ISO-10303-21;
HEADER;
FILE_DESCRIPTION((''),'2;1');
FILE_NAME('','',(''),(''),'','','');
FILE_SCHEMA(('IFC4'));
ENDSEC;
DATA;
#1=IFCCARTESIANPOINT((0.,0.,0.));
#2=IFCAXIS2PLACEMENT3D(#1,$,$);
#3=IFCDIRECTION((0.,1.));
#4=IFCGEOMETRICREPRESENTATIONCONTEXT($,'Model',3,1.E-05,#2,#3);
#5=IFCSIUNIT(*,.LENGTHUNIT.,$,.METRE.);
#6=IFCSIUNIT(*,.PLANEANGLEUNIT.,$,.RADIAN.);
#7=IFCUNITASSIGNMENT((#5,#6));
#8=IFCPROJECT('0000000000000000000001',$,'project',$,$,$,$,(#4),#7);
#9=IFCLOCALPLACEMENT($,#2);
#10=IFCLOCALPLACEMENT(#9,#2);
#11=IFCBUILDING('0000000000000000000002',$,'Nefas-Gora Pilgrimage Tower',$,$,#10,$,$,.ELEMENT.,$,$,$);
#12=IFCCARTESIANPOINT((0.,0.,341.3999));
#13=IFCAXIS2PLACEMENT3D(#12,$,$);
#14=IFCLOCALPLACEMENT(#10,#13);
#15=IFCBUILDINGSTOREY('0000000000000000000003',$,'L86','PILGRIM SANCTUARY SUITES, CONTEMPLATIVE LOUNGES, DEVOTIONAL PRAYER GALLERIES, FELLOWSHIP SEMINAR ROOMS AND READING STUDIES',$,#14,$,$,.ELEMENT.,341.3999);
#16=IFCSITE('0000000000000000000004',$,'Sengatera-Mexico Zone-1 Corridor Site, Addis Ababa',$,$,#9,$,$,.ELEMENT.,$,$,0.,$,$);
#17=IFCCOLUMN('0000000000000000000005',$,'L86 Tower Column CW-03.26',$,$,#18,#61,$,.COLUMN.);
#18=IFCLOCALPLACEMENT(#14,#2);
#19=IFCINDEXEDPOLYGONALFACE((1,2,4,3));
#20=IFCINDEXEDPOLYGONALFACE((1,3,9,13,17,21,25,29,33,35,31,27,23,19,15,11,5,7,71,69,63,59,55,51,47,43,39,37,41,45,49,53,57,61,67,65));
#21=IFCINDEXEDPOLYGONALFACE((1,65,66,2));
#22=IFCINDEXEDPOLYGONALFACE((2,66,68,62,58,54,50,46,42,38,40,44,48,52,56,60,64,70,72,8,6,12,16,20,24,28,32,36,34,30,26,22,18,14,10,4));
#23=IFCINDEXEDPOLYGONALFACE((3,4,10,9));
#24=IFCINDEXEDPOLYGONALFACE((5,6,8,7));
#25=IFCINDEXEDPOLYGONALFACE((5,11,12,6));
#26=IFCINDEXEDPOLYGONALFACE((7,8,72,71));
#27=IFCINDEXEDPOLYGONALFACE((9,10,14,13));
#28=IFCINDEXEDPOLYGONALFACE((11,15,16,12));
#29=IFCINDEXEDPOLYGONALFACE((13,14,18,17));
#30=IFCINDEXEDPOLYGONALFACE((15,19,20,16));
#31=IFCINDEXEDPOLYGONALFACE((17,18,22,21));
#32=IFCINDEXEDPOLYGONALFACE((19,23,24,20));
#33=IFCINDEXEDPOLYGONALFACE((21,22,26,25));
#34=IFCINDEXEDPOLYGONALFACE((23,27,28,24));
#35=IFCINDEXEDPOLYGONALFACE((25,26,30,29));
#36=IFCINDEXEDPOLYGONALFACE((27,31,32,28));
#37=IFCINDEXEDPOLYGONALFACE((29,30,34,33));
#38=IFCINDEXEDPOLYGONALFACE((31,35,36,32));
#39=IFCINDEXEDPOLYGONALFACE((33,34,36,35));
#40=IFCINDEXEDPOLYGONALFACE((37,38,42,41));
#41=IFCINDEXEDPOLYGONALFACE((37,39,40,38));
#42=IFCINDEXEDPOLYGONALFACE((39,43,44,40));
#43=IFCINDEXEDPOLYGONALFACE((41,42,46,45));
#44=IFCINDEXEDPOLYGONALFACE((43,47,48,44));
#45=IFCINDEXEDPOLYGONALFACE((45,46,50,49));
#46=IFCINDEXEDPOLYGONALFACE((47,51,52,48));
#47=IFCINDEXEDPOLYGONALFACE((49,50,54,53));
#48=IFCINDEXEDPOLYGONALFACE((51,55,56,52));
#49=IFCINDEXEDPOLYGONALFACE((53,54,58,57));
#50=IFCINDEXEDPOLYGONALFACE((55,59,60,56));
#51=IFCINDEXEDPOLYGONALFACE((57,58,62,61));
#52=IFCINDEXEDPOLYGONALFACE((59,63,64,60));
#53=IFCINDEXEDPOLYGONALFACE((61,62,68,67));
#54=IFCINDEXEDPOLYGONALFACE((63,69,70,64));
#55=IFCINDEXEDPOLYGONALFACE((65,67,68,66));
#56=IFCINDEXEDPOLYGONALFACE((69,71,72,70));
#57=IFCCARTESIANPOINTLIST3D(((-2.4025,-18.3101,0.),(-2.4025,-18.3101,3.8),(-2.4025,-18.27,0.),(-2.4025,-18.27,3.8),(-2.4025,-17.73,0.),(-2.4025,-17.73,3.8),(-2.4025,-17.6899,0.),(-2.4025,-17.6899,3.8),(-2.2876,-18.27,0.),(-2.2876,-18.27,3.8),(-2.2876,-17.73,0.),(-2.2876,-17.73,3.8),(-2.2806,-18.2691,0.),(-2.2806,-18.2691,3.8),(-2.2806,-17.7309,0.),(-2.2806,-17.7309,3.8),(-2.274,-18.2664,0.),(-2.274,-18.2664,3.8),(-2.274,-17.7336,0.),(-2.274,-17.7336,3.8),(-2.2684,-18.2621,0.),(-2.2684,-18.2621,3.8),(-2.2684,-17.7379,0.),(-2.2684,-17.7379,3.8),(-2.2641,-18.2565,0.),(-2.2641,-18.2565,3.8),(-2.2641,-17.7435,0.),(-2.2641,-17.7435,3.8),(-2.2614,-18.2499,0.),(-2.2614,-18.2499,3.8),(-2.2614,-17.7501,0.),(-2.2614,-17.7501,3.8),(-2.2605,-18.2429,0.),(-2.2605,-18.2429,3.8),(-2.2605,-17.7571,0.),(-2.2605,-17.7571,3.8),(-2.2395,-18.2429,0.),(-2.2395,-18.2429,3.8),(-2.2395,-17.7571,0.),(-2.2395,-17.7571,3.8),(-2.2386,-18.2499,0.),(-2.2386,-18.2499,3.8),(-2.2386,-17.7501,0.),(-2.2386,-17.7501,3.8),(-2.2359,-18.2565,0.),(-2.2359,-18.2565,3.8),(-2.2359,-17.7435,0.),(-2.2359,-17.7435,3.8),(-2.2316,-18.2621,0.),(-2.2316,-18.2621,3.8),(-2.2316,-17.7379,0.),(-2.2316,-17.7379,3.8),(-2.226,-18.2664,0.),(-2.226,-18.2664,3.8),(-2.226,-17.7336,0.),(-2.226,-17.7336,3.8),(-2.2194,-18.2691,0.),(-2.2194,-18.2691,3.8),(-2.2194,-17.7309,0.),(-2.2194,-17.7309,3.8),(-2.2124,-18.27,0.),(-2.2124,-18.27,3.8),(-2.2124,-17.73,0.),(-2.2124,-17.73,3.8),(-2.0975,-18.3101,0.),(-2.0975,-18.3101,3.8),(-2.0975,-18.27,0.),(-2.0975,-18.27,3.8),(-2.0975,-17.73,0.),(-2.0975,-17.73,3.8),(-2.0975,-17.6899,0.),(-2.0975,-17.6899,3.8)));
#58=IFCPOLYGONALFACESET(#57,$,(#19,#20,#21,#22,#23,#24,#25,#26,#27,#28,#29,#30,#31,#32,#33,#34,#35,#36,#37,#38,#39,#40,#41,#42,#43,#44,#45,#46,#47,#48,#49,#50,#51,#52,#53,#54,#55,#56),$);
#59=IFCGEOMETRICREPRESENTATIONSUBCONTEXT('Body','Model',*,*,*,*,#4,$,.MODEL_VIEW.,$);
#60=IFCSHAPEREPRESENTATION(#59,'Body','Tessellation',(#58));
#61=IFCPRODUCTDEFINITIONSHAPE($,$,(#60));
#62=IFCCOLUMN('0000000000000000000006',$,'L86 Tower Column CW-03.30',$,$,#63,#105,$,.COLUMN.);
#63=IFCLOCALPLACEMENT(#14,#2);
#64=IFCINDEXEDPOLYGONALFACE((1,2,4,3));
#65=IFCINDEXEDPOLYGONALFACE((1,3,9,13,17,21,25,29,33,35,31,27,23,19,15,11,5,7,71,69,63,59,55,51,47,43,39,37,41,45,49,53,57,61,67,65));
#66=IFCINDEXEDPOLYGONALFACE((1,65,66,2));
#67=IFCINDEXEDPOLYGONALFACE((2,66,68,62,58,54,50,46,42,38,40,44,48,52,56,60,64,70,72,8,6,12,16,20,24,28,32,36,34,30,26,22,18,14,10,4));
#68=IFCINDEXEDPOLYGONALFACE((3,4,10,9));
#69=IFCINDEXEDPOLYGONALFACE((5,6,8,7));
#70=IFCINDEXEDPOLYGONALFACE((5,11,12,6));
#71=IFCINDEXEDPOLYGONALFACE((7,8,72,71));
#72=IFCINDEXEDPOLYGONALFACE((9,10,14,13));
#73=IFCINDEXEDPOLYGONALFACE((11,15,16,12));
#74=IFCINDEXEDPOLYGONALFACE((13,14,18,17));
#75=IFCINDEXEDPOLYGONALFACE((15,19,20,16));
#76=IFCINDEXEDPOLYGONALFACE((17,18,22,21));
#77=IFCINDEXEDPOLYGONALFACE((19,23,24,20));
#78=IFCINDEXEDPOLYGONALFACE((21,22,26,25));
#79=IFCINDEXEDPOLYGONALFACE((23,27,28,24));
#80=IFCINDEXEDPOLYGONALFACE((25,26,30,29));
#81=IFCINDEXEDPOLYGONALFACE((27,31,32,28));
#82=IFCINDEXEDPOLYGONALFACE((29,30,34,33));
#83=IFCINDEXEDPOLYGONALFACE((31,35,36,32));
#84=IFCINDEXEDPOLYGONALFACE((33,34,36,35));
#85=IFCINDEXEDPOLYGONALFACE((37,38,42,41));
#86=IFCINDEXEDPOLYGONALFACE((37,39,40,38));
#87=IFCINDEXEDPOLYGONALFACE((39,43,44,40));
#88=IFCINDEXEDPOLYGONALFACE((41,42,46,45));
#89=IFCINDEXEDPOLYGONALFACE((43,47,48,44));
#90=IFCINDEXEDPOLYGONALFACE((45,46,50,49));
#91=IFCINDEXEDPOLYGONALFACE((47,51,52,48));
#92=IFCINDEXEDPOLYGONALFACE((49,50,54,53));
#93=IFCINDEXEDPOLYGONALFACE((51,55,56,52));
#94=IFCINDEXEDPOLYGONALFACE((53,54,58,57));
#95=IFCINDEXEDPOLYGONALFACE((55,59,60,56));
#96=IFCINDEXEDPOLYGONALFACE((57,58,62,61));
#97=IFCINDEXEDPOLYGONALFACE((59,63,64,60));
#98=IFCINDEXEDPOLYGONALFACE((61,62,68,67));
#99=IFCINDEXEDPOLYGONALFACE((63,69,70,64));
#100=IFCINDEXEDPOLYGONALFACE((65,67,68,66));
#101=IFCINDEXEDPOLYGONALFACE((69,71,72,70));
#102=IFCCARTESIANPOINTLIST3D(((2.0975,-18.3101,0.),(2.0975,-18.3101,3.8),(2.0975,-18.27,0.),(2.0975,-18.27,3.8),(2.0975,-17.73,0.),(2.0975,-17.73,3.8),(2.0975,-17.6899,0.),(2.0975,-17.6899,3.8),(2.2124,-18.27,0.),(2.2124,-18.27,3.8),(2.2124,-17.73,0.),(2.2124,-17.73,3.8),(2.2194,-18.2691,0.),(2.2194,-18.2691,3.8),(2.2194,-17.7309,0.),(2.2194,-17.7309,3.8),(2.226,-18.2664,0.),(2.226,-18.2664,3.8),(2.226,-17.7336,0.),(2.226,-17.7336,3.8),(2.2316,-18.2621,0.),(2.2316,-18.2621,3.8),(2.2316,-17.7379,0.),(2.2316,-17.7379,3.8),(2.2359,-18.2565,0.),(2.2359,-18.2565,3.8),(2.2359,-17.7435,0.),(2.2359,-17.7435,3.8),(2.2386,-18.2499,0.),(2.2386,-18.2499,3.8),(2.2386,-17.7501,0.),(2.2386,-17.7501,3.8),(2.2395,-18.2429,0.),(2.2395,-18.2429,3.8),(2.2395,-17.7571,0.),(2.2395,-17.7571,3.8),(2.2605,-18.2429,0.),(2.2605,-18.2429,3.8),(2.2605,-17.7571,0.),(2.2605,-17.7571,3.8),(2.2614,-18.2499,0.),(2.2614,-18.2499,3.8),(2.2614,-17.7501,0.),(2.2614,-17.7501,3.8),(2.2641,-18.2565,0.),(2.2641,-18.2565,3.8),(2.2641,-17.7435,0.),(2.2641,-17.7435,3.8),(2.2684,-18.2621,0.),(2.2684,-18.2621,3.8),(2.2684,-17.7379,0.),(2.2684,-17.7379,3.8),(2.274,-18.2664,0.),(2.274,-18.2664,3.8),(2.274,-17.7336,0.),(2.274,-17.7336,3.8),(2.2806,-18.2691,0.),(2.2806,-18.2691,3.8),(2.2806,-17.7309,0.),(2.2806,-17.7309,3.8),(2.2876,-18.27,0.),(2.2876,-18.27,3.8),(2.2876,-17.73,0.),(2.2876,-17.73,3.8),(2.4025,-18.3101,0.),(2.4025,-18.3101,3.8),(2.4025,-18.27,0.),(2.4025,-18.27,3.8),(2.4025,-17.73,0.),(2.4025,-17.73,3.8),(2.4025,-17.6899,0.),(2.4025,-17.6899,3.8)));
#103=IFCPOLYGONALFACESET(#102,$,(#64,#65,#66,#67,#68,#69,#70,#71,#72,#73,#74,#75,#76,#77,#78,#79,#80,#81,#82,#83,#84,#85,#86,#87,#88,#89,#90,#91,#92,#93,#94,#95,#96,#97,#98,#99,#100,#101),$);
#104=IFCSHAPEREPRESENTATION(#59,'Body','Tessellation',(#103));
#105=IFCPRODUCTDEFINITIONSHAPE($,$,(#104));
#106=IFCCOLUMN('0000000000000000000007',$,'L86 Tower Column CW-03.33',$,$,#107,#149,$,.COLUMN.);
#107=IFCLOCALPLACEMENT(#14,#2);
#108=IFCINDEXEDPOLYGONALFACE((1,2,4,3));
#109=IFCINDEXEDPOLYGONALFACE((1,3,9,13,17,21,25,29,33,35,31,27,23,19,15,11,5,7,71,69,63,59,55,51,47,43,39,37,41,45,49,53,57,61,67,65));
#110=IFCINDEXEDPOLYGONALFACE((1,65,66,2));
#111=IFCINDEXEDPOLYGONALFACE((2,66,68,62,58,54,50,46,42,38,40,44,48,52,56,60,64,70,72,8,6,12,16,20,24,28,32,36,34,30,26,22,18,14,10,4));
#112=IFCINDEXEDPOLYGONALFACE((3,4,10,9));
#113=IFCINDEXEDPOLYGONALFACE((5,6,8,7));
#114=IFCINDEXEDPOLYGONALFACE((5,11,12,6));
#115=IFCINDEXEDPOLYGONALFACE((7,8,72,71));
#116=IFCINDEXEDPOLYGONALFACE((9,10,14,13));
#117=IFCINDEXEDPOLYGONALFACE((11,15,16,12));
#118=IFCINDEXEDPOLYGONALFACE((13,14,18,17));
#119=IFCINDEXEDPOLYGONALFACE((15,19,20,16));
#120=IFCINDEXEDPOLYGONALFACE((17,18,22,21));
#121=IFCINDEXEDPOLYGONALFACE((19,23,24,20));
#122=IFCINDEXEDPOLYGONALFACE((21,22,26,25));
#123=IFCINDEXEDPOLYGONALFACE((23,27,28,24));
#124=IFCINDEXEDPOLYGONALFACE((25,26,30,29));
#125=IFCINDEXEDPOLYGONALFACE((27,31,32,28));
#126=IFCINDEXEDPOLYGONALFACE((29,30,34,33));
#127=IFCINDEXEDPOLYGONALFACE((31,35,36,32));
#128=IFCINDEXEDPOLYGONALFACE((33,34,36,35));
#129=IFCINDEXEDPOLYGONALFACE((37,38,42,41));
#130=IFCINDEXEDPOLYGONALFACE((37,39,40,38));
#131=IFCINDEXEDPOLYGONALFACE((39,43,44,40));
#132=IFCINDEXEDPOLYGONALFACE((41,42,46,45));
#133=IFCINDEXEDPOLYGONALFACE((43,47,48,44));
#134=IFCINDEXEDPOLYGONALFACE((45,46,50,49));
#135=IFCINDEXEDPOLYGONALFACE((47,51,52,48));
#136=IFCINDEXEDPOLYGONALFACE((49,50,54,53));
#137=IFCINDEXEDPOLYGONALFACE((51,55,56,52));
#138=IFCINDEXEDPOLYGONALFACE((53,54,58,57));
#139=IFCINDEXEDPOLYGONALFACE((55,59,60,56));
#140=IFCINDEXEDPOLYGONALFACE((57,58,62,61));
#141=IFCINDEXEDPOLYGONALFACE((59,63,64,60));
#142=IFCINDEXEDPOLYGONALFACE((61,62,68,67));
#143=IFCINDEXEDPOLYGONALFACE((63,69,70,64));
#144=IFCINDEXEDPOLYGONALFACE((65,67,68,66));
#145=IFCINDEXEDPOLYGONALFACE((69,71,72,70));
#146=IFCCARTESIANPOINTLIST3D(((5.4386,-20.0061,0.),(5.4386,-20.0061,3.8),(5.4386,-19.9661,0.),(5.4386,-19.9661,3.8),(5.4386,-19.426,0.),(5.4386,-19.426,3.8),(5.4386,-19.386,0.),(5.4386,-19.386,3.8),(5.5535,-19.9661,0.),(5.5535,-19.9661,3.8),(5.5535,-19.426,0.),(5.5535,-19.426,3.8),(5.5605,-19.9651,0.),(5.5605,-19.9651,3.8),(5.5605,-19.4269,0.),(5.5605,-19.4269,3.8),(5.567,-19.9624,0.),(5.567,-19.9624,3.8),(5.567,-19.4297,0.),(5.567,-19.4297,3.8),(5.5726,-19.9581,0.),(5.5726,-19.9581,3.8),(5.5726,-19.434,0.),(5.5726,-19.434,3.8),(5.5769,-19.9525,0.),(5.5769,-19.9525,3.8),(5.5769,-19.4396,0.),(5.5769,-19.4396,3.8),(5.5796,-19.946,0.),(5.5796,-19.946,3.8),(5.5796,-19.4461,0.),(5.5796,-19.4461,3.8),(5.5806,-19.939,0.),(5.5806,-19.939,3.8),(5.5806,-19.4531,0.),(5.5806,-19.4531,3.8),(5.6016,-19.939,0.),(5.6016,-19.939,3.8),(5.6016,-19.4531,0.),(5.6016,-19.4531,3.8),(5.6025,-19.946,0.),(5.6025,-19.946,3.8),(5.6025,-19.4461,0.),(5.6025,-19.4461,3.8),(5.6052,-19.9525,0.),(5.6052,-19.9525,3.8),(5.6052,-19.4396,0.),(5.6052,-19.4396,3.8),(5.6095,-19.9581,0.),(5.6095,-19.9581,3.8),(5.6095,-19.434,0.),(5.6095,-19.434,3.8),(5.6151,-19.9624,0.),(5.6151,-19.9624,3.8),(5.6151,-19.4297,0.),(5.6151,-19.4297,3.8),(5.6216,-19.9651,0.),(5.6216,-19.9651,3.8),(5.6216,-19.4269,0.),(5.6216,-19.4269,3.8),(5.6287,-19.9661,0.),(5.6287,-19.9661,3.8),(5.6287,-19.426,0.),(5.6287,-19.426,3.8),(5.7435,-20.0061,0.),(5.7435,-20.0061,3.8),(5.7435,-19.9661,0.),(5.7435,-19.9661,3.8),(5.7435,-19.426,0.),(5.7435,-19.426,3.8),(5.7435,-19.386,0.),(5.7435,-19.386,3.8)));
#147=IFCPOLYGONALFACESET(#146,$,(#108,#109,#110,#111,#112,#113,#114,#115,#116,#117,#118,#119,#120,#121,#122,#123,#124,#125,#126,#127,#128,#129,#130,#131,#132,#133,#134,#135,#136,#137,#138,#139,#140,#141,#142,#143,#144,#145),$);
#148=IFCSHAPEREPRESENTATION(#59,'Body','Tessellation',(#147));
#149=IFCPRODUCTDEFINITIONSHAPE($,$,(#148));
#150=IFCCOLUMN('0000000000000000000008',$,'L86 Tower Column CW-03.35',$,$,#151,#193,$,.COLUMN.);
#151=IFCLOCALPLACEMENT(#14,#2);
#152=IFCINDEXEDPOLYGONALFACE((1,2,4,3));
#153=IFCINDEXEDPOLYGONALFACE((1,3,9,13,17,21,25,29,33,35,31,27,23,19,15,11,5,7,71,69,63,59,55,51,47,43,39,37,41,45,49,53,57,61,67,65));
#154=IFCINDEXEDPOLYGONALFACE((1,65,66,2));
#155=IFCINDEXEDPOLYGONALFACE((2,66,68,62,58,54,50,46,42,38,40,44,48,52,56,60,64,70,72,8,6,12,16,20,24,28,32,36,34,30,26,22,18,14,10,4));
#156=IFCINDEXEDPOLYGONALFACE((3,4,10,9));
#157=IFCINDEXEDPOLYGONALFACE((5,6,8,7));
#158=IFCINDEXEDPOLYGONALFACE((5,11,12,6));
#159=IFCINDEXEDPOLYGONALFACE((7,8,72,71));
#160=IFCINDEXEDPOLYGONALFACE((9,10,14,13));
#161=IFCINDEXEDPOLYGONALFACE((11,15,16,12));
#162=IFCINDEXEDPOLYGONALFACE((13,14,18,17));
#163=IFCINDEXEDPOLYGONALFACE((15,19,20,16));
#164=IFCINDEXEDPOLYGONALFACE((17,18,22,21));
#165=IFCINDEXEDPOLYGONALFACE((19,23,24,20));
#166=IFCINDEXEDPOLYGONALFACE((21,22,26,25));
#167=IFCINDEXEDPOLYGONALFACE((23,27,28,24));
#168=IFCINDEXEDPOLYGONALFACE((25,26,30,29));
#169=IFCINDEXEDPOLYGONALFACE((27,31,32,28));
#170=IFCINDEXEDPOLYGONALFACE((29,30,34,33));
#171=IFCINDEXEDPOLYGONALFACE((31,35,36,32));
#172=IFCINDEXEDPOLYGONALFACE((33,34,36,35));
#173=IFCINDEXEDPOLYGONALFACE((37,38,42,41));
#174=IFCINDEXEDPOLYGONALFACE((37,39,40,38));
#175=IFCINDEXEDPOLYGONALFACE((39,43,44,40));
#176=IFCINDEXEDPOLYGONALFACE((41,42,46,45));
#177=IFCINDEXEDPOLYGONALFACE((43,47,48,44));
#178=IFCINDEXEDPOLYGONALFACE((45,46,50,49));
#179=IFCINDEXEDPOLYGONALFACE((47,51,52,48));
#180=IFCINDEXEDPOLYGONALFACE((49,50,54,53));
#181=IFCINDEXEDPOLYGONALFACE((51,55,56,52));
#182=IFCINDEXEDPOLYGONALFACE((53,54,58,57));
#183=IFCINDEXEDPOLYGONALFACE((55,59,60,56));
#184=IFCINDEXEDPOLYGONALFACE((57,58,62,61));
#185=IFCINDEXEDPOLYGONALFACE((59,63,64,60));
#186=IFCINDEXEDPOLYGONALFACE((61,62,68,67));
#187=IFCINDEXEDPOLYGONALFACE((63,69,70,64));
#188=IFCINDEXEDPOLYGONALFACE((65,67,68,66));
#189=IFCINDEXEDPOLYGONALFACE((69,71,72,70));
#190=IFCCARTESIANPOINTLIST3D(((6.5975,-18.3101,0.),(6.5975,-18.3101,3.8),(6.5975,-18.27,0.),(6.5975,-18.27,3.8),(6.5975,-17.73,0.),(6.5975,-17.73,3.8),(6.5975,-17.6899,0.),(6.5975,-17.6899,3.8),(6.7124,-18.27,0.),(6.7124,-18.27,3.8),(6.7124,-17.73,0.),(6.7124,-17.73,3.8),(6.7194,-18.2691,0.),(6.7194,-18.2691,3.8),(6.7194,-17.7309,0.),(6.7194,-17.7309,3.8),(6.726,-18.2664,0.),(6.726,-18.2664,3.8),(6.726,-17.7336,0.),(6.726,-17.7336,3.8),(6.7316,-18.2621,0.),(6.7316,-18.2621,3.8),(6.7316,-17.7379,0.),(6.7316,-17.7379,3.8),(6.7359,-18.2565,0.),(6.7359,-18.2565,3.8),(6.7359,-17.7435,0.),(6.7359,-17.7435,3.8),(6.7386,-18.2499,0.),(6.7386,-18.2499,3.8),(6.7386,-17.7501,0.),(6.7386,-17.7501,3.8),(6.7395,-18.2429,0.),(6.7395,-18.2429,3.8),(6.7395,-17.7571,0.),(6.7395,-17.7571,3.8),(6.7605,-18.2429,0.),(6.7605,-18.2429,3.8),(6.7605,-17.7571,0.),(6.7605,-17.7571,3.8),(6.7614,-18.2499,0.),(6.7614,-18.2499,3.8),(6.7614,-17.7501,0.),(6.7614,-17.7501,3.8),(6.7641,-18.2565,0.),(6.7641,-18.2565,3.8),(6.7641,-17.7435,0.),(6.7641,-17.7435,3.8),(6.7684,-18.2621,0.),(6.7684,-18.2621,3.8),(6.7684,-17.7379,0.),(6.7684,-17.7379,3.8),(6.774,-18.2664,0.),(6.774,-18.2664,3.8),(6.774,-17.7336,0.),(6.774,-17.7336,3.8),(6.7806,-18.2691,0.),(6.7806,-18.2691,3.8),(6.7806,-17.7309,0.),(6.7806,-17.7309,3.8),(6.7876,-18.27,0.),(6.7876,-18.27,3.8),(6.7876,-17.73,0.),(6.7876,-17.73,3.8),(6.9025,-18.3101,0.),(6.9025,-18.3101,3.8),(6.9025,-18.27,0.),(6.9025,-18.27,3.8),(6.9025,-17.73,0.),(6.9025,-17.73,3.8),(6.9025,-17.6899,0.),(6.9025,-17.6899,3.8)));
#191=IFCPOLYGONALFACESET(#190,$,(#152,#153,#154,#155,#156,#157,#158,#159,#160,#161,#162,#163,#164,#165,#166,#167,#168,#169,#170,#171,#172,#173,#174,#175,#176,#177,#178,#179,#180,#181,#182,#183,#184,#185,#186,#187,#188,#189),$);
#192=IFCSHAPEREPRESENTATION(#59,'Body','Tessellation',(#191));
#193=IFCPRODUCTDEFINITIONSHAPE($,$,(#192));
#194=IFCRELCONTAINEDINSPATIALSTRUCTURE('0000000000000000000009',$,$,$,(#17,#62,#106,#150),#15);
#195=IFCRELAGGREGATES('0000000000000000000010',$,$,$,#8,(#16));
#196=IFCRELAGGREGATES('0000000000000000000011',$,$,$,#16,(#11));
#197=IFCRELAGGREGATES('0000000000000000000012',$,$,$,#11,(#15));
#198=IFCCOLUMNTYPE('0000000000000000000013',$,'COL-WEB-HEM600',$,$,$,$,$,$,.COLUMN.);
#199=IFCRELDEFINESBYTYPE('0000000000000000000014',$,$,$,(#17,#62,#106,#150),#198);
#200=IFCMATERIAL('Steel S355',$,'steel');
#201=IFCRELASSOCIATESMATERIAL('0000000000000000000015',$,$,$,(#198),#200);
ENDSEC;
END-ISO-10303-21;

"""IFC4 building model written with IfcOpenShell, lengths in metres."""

from ifc_helpers import new_model, si_unit, direction, frame, origin, origin_2d, place, context, subcontext, project, spatial, i_section, extrude, source, transform, mapped, material, material_profile, profile_set, type_object, element, save


model = new_model("IFC4")

# Units and contexts
model_context = context("Model", 3, precision=1e-05, world=origin(), true_north=direction((0.0, 1.0)))
body_context = subcontext(model_context, "Body", "Model", "MODEL_VIEW")
ifc_project = project(units=[si_unit("LENGTHUNIT", "METRE"), si_unit("PLANEANGLEUNIT", "RADIAN")], contexts=[model_context])

# Site, building, storey
site_placement = place(None, origin())
site = spatial("IfcSite", under=ifc_project, at=site_placement, Name="Sengatera-Mexico Zone-1 Corridor Site, Addis Ababa", CompositionType="ELEMENT", RefElevation=0.0)
building_placement = place(site_placement, origin())
building = spatial("IfcBuilding", under=site, at=building_placement, Name="Nefas-Gora Pilgrimage Tower", CompositionType="ELEMENT")
storey_placement = place(building_placement, frame((0.0, 0.0, 341.3999)))
storey = spatial("IfcBuildingStorey", under=building, at=storey_placement, Name="L86", Description="PILGRIM SANCTUARY SUITES, CONTEMPLATIVE LOUNGES, DEVOTIONAL PRAYER GALLERIES, FELLOWSHIP SEMINAR ROOMS AND READING STUDIES", CompositionType="ELEMENT", Elevation=341.3999)

# Columns
ifc_material_1 = material(Name="Steel S355", Category="steel")
ifc_material_profile_1 = material_profile(ifc_material_1, i_section(OverallWidth=0.3049, OverallDepth=0.6201, WebThickness=0.021, FlangeThickness=0.04, FilletRadius=0.0271, at=origin_2d()), Name="HEM 600")
ifc_profile_set_1 = profile_set([ifc_material_profile_1], Name="Steel S355")
column_type_1 = type_object("IfcColumnType", Name="COL-WEB-HEM600", PredefinedType="COLUMN", material=ifc_profile_set_1)
shared_shape_1 = source(origin(), body_context, "Body", "SweptSolid", [
    extrude(i_section(OverallWidth=0.3049, OverallDepth=0.6201, WebThickness=0.021, FlangeThickness=0.04, FilletRadius=0.0271, at=origin_2d()), origin(), (0.0, 0.0, 1.0), 3.8),
])
for number, where, z_axis, x_axis, name in (
    (1, (-2.25, -18.0, 0.0), (0.0, 0.0, 1.0), (1.0, 0.0, 0.0), "L86 Tower Column CW-03.26"),
    (2, (2.25, -18.0, 0.0), (0.0, 0.0, 1.0), (1.0, 0.0, 0.0), "L86 Tower Column CW-03.30"),
    (3, (5.5911, -19.696, 0.0), (0.0, 0.0, 1.0), (1.0, 0.0, 0.0), "L86 Tower Column CW-03.33"),
    (4, (6.75, -18.0, 0.0), (0.0, 0.0, 1.0), (1.0, 0.0, 0.0), "L86 Tower Column CW-03.35"),
):
    element("IfcColumn", number, at=place(storey_placement, frame(where, z_axis=z_axis, x_axis=x_axis)), inside=storey, type_object=column_type_1, Name=name, PredefinedType="COLUMN", context=body_context, shape_type="MappedRepresentation", body=[
        mapped(shared_shape_1, transform((0.0, 0.0, 0.0), x_axis=(1.0, 0.0, 0.0), y_axis=(0.0, 1.0, 0.0), z_axis=(0.0, 0.0, 1.0), scale=1.0)),
    ])

save(model, "model.ifc")
